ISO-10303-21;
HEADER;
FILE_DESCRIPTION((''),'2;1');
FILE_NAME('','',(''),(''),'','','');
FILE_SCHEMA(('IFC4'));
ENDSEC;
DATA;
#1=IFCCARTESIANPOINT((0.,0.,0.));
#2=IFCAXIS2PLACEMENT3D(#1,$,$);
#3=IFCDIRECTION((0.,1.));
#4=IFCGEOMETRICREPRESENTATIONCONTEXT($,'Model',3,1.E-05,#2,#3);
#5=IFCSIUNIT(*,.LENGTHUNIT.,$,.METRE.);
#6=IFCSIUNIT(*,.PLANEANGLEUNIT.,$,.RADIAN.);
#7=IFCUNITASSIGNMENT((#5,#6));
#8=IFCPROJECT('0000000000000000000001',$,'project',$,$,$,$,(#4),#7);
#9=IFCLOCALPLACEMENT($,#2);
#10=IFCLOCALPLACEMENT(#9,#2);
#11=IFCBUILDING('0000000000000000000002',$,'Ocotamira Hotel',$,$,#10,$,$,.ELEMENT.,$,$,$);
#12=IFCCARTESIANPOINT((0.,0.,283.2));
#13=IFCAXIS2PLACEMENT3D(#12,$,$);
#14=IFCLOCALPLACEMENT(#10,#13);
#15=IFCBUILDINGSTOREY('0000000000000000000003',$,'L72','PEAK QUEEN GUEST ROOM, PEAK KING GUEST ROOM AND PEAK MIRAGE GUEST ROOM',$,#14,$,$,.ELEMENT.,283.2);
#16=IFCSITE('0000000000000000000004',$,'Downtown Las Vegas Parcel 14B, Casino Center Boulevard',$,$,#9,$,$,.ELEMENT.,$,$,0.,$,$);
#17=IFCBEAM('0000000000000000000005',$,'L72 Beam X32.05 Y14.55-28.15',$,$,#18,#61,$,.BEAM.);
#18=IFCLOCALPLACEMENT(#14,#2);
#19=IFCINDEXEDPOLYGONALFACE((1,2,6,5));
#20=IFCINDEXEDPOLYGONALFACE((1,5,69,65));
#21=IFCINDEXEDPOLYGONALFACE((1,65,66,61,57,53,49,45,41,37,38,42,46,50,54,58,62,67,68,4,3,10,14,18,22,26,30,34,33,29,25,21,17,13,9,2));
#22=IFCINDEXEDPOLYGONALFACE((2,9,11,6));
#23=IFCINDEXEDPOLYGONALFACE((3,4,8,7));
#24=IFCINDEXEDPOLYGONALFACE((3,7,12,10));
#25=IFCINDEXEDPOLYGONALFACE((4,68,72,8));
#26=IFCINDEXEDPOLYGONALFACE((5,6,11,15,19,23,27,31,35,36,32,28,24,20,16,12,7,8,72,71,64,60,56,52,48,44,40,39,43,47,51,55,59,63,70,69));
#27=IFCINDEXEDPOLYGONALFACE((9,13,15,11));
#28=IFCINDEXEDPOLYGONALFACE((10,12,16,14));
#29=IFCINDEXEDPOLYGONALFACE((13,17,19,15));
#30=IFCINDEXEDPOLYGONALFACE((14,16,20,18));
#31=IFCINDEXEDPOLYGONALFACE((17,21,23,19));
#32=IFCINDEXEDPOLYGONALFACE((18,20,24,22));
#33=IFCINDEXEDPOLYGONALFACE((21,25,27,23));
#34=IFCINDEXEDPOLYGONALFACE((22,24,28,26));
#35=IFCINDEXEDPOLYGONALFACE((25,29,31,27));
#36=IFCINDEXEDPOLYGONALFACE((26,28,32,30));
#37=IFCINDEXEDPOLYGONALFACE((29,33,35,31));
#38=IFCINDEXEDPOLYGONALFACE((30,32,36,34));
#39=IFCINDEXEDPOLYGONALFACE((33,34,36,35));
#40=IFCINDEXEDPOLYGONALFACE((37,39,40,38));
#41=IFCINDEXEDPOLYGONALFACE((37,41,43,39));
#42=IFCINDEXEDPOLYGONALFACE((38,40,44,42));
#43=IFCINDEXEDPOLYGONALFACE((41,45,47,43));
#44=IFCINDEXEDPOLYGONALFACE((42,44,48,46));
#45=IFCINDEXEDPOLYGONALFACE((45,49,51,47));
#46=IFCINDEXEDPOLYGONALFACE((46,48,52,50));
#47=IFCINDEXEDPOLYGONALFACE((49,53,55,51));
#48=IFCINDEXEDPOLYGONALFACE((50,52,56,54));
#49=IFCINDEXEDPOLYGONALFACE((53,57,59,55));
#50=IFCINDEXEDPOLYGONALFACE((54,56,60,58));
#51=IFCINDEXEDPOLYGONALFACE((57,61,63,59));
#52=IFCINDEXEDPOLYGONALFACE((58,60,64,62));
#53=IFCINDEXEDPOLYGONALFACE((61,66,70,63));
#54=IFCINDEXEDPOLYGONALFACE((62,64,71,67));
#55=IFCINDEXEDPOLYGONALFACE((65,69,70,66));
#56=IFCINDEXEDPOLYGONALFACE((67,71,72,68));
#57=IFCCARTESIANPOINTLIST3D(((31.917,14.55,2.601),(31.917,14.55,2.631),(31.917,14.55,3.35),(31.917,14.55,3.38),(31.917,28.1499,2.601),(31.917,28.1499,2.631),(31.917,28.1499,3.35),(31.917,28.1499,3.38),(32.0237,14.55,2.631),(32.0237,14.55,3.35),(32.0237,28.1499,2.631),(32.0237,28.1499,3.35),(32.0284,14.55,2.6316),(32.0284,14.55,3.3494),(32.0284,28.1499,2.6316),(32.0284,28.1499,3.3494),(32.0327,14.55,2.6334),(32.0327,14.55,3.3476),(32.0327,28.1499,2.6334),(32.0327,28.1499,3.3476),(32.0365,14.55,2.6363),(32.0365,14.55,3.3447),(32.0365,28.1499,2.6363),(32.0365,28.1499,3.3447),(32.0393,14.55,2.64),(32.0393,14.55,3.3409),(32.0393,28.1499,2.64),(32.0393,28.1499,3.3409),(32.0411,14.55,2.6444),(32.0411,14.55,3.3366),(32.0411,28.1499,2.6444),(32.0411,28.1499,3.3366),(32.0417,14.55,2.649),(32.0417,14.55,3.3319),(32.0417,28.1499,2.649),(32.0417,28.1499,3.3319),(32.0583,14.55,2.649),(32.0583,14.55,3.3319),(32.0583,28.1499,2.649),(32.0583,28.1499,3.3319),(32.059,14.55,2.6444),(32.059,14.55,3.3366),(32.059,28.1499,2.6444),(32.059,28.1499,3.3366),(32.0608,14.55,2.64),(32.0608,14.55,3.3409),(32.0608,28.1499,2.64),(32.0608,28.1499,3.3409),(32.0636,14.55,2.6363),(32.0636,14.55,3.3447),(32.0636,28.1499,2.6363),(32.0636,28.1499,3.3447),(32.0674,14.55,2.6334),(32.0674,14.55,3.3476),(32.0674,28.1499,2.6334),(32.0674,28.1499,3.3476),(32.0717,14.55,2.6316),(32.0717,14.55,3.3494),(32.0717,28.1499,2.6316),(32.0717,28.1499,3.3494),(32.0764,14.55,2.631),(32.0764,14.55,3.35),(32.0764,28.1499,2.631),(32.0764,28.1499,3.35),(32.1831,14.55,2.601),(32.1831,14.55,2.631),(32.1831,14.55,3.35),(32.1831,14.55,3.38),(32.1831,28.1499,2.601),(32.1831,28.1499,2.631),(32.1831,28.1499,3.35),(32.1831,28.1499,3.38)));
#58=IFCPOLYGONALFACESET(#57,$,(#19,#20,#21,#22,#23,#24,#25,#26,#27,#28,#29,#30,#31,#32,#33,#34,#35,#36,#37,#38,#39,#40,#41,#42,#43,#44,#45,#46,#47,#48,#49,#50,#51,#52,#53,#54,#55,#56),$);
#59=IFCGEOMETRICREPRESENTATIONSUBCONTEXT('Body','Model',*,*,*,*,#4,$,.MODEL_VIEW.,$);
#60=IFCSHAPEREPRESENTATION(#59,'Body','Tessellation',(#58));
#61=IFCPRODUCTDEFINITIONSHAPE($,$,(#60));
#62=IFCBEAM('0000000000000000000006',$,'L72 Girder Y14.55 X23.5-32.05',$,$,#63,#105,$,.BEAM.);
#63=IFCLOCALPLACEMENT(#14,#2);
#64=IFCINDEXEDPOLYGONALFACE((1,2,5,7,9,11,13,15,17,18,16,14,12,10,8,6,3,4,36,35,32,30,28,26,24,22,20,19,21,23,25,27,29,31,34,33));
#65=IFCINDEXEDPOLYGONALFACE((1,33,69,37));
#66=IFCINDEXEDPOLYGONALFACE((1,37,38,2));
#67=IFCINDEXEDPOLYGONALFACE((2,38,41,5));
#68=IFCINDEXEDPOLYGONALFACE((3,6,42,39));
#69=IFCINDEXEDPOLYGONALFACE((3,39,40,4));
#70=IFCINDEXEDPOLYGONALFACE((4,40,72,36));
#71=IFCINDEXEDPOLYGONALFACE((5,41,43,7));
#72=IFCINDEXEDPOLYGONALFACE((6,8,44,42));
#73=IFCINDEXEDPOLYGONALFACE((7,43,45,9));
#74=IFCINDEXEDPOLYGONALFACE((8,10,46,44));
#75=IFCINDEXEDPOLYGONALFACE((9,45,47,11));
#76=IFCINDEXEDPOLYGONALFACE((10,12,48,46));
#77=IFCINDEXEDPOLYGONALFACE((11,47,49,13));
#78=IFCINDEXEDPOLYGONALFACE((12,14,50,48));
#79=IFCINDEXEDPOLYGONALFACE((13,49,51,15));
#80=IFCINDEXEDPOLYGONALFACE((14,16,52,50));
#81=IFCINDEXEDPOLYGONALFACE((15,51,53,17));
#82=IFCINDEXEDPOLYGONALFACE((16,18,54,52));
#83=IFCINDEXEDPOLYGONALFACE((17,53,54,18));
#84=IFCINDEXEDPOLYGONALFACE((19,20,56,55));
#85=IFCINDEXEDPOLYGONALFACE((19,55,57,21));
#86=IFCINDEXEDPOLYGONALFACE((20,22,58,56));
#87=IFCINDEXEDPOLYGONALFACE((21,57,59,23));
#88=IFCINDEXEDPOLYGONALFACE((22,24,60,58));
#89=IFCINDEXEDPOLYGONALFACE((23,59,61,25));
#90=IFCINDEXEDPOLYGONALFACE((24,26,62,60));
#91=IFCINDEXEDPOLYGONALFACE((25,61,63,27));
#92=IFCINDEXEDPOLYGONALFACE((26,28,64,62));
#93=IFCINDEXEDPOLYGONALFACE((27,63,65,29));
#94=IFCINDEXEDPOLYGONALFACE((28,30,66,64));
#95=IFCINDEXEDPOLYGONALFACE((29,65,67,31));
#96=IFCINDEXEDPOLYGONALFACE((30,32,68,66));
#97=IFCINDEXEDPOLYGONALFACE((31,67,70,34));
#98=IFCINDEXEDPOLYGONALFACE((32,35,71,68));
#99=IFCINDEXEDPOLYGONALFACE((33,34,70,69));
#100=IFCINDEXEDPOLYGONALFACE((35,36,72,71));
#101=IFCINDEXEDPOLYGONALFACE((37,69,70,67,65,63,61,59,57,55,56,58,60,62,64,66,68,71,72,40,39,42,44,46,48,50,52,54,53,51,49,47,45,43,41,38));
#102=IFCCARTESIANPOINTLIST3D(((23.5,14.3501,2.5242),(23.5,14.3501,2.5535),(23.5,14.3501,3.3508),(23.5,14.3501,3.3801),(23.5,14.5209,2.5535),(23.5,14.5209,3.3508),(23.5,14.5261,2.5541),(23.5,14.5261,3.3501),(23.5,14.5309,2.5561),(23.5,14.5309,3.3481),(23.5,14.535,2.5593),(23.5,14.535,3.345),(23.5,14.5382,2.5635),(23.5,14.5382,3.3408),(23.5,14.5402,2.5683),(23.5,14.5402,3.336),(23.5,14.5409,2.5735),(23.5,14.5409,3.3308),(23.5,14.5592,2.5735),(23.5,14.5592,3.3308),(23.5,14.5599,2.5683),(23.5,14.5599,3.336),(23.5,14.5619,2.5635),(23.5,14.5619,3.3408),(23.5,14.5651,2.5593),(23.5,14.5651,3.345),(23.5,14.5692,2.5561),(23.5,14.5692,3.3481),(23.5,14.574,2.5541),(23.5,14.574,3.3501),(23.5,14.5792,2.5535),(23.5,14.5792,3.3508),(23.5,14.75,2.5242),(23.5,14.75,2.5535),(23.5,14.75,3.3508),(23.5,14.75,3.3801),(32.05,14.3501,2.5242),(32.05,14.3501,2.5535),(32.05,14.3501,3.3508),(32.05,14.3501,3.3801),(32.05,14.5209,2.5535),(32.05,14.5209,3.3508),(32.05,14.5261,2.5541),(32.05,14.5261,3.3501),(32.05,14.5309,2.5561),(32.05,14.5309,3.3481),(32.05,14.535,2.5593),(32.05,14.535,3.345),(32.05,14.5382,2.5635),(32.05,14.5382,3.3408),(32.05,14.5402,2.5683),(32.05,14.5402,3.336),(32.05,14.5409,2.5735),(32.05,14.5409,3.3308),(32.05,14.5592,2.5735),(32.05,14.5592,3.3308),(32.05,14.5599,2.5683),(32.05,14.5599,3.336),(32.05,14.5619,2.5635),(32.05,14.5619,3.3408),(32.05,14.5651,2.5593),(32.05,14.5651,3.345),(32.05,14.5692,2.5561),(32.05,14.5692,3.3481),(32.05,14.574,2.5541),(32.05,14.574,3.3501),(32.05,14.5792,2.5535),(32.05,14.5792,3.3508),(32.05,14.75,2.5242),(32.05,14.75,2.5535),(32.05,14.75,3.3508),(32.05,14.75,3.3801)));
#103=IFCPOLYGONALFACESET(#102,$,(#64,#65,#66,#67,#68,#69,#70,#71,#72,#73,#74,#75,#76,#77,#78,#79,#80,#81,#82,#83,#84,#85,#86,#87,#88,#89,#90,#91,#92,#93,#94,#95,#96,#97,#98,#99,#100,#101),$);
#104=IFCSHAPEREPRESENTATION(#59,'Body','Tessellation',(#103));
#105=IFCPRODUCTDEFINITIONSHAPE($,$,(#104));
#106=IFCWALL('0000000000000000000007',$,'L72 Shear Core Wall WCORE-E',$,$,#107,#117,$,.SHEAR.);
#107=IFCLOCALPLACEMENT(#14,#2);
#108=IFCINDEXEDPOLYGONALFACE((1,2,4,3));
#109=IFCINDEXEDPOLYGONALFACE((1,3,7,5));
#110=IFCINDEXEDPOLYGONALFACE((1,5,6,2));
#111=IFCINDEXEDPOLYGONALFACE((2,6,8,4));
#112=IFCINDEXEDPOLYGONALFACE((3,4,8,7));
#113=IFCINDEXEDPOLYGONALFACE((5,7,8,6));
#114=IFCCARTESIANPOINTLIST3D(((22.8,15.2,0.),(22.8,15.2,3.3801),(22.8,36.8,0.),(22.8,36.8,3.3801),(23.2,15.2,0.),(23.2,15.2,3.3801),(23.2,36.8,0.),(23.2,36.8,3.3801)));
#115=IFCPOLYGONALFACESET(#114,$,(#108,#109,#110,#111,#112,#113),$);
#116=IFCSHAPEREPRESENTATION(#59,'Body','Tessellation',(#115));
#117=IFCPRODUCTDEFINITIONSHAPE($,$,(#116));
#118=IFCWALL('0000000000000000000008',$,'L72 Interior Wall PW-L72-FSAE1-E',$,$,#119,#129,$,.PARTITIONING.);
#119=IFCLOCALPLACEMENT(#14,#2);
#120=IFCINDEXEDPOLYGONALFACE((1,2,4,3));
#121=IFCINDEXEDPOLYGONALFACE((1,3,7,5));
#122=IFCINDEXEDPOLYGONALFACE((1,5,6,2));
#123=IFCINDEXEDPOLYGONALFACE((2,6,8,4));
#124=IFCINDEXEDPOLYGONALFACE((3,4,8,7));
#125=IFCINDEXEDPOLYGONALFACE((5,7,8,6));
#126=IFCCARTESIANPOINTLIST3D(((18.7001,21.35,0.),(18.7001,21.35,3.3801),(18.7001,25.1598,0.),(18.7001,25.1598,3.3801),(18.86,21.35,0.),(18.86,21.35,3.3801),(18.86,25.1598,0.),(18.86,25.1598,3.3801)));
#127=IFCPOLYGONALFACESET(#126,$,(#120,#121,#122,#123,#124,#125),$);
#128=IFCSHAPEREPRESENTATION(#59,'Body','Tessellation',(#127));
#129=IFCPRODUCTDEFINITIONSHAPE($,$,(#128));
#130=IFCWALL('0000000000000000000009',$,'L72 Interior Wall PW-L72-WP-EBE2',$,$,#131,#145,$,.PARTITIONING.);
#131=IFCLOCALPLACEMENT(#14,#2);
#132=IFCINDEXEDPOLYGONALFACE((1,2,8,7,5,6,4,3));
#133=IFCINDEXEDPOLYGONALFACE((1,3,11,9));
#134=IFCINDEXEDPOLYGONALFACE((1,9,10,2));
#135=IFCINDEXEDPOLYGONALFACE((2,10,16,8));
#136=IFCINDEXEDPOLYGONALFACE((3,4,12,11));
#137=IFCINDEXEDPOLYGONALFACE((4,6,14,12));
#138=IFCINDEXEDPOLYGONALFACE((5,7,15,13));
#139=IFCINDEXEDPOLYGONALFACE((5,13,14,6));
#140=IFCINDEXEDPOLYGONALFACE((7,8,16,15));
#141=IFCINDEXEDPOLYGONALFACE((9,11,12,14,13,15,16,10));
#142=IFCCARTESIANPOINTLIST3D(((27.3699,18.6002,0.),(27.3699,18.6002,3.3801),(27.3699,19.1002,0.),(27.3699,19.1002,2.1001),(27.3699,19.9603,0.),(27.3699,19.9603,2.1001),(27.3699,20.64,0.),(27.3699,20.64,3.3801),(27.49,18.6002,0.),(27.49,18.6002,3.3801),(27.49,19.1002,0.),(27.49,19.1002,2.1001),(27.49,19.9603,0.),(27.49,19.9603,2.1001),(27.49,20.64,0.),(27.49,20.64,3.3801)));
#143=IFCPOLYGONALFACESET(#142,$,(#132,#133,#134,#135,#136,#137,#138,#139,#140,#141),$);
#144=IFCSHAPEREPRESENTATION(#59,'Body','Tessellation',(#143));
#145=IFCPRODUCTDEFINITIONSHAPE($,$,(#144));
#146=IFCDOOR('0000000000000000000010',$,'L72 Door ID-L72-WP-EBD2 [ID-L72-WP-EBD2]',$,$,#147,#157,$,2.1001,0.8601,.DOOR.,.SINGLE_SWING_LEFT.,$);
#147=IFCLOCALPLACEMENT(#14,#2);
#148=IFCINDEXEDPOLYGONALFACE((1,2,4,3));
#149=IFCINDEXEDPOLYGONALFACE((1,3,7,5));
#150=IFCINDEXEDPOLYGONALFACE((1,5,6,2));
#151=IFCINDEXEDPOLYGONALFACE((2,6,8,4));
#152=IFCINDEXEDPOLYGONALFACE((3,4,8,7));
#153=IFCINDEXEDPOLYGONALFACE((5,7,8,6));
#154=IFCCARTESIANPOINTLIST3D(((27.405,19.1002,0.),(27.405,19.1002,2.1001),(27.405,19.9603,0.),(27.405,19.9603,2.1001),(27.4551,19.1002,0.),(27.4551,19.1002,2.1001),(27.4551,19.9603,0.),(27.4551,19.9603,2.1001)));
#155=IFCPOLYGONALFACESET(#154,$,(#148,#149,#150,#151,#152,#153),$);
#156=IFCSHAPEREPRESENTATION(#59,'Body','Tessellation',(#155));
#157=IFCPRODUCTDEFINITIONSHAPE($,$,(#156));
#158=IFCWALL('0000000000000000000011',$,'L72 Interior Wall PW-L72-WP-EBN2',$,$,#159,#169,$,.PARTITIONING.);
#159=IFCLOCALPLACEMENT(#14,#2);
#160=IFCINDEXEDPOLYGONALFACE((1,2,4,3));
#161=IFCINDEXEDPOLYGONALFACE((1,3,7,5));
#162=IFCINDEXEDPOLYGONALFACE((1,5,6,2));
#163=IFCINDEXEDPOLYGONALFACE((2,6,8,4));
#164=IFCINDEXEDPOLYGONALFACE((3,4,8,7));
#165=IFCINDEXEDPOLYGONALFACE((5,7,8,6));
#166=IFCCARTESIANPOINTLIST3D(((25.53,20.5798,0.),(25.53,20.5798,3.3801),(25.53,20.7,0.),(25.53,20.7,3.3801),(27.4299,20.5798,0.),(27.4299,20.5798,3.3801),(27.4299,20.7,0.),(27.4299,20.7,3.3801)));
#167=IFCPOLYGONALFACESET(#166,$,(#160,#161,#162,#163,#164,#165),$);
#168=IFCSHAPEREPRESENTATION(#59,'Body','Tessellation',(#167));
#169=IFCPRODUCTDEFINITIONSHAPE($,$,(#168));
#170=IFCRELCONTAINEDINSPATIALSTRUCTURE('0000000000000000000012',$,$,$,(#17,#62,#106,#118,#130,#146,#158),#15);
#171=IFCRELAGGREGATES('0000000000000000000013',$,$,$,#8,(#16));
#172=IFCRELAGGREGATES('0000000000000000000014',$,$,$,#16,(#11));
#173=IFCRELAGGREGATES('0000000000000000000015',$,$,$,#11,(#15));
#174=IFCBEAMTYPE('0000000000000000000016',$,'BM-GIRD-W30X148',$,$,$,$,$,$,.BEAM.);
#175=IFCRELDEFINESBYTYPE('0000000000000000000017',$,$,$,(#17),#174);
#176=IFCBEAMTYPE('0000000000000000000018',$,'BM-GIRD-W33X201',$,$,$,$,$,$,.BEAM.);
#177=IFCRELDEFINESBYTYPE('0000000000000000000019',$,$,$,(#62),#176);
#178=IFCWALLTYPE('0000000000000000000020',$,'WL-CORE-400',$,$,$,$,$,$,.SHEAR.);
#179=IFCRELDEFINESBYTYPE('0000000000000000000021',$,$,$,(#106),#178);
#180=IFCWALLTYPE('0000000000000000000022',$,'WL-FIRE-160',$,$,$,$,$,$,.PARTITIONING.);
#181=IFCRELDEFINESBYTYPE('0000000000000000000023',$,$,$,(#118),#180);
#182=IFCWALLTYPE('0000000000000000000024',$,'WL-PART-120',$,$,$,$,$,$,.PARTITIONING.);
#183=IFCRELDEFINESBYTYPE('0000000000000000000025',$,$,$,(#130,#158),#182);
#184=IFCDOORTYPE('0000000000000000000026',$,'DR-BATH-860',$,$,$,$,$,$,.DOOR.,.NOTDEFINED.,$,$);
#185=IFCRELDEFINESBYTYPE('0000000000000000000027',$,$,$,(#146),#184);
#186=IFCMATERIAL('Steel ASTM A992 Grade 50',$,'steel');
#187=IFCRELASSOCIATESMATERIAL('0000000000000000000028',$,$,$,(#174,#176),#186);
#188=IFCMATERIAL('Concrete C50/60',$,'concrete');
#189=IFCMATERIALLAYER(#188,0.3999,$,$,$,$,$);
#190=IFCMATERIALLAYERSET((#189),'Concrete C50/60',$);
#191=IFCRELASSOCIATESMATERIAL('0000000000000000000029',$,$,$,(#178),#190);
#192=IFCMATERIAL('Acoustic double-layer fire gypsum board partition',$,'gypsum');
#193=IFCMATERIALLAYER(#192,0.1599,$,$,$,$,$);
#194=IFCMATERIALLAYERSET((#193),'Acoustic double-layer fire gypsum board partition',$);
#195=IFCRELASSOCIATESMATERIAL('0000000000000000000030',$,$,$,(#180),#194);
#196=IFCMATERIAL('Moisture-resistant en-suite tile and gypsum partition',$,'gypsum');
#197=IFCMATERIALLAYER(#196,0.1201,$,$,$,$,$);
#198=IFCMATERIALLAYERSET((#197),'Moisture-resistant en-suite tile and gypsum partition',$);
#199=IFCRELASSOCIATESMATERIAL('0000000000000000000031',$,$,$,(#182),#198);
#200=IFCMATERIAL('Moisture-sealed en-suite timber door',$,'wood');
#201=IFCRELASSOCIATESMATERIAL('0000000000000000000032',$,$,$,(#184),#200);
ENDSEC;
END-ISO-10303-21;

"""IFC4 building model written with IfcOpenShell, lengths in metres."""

from ifc_helpers import new_model, si_unit, direction, frame, frame_2d, origin, origin_2d, place, context, subcontext, project, spatial, rectangle, i_section, extrude, source, transform, mapped, material, layer, layer_set, material_profile, profile_set, type_object, element, fill, save


model = new_model("IFC4")

# Units and contexts
model_context = context("Model", 3, precision=1e-05, world=origin(), true_north=direction((0.0, 1.0)))
body_context = subcontext(model_context, "Body", "Model", "MODEL_VIEW")
ifc_project = project(units=[si_unit("LENGTHUNIT", "METRE"), si_unit("PLANEANGLEUNIT", "RADIAN")], contexts=[model_context])

# Site, building, storey
site_placement = place(None, origin())
site = spatial("IfcSite", under=ifc_project, at=site_placement, Name="Downtown Las Vegas Parcel 14B, Casino Center Boulevard", CompositionType="ELEMENT", RefElevation=0.0)
building_placement = place(site_placement, origin())
building = spatial("IfcBuilding", under=site, at=building_placement, Name="Ocotamira Hotel", CompositionType="ELEMENT")
storey_placement = place(building_placement, frame((0.0, 0.0, 283.2)))
storey = spatial("IfcBuildingStorey", under=building, at=storey_placement, Name="L72", Description="PEAK QUEEN GUEST ROOM, PEAK KING GUEST ROOM AND PEAK MIRAGE GUEST ROOM", CompositionType="ELEMENT", Elevation=283.2)

# Shared definitions
ifc_material_1 = material(Name="Steel ASTM A992 Grade 50", Category="steel")

# Beams
ifc_material_profile_1 = material_profile(ifc_material_1, i_section(OverallWidth=0.2661, OverallDepth=0.7791, WebThickness=0.0166, FlangeThickness=0.03, FilletRadius=0.0181, at=origin_2d()), Name="W30X148")
ifc_profile_set_1 = profile_set([ifc_material_profile_1], Name="Steel ASTM A992 Grade 50")
beam_type_1 = type_object("IfcBeamType", Name="BM-GIRD-W30X148", PredefinedType="BEAM", material=ifc_profile_set_1)
shared_shape_1 = source(origin(), body_context, "Body", "SweptSolid", [
    extrude(i_section(OverallWidth=0.2661, OverallDepth=0.7791, WebThickness=0.0166, FlangeThickness=0.03, FilletRadius=0.0181, at=origin_2d()), origin(), (0.0, 0.0, 1.0), 13.5999),
])
for number, where, z_axis, x_axis, name in (
    (1, (32.05, 14.55, 2.9905), (0.0, 1.0, 0.0), (-1.0, 0.0, 0.0), "L72 Beam X32.05 Y14.55-28.15"),
):
    element("IfcBeam", number, at=place(storey_placement, frame(where, z_axis=z_axis, x_axis=x_axis)), inside=storey, type_object=beam_type_1, Name=name, PredefinedType="BEAM", context=body_context, shape_type="MappedRepresentation", body=[
        mapped(shared_shape_1, transform((0.0, 0.0, 0.0), scale=1.0)),
    ])
ifc_material_profile_2 = material_profile(ifc_material_1, i_section(OverallWidth=0.3999, OverallDepth=0.856, WebThickness=0.0183, FlangeThickness=0.0293, FilletRadius=0.02, at=origin_2d()), Name="W33X201")
ifc_profile_set_2 = profile_set([ifc_material_profile_2], Name="Steel ASTM A992 Grade 50")
beam_type_2 = type_object("IfcBeamType", Name="BM-GIRD-W33X201", PredefinedType="BEAM", material=ifc_profile_set_2)
shared_shape_2 = source(origin(), body_context, "Body", "SweptSolid", [
    extrude(i_section(OverallWidth=0.3999, OverallDepth=0.856, WebThickness=0.0183, FlangeThickness=0.0293, FilletRadius=0.02, at=origin_2d()), origin(), (0.0, 0.0, 1.0), 8.55),
])
beam_placement = place(storey_placement, frame((23.5, 14.55, 2.9521), z_axis=(1.0, 0.0, 0.0), x_axis=(0.0, 1.0, 0.0)))
element("IfcBeam", 2, at=beam_placement, inside=storey, type_object=beam_type_2, Name="L72 Girder Y14.55 X23.5-32.05", PredefinedType="BEAM", context=body_context, shape_type="MappedRepresentation", body=[
    mapped(shared_shape_2, transform((0.0, 0.0, 0.0), scale=1.0)),
])

# Walls
ifc_material_2 = material(Name="Concrete C50/60", Category="concrete")
ifc_layer_1 = layer(ifc_material_2, 0.3999)
ifc_layer_set_1 = layer_set([ifc_layer_1], Name="Concrete C50/60")
wall_type_1 = type_object("IfcWallType", Name="WL-CORE-400", PredefinedType="SHEAR", material=ifc_layer_set_1)
wall_1_placement = place(storey_placement, frame((23.0, 15.2, 0.0), z_axis=(0.0, 0.0, 1.0), x_axis=(0.0, 1.0, 0.0)))
element("IfcWall", 3, at=wall_1_placement, inside=storey, type_object=wall_type_1, Name="L72 Shear Core Wall WCORE-E", PredefinedType="SHEAR", context=body_context, shape_type="SweptSolid", body=[
    extrude(rectangle(XDim=21.6001, YDim=0.3999, at=frame_2d((10.8, 0.0))), origin(), (0.0, 0.0, 1.0), 3.3801),
])
ifc_material_3 = material(Name="Acoustic double-layer fire gypsum board partition", Category="gypsum")
ifc_layer_2 = layer(ifc_material_3, 0.1599)
ifc_layer_set_2 = layer_set([ifc_layer_2], Name="Acoustic double-layer fire gypsum board partition")
wall_type_2 = type_object("IfcWallType", Name="WL-FIRE-160", PredefinedType="PARTITIONING", material=ifc_layer_set_2)
wall_2_placement = place(storey_placement, frame((18.78, 21.3501, 0.0), z_axis=(0.0, 0.0, 1.0), x_axis=(0.0, 1.0, 0.0)))
element("IfcWall", 4, at=wall_2_placement, inside=storey, type_object=wall_type_2, Name="L72 Interior Wall PW-L72-FSAE1-E", PredefinedType="PARTITIONING", context=body_context, shape_type="SweptSolid", body=[
    extrude(rectangle(XDim=3.8098, YDim=0.1599, at=frame_2d((1.9048, 0.0))), origin(), (0.0, 0.0, 1.0), 3.3801),
])

# Wall, opening, door
ifc_material_4 = material(Name="Moisture-resistant en-suite tile and gypsum partition", Category="gypsum")
ifc_layer_3 = layer(ifc_material_4, 0.1201)
ifc_layer_set_3 = layer_set([ifc_layer_3], Name="Moisture-resistant en-suite tile and gypsum partition")
wall_type_3 = type_object("IfcWallType", Name="WL-PART-120", PredefinedType="PARTITIONING", material=ifc_layer_set_3)
wall_3_placement = place(storey_placement, frame((27.4299, 18.6001, 0.0), z_axis=(0.0, 0.0, 1.0), x_axis=(0.0, 1.0, 0.0)))
wall_3 = element("IfcWall", 5, at=wall_3_placement, inside=storey, type_object=wall_type_3, Name="L72 Interior Wall PW-L72-WP-EBE2", PredefinedType="PARTITIONING", context=body_context, shape_type="SweptSolid", body=[
    extrude(rectangle(XDim=2.0398, YDim=0.1201, at=frame_2d((1.02, 0.0))), origin(), (0.0, 0.0, 1.0), 3.3801),
])
opening_1_placement = place(wall_3_placement, frame((0.5, 0.0, 0.0)))
opening_1 = element("IfcOpeningElement", 6, at=opening_1_placement, cuts=wall_3, PredefinedType="OPENING", context=body_context, shape_type="SweptSolid", body=[
    extrude(rectangle(XDim=0.8601, YDim=2.1001, at=frame_2d((0.4302, 1.05))), frame((0.0, 0.0701, 0.0), z_axis=(0.0, -1.0, 0.0), x_axis=(1.0, 0.0, 0.0)), (0.0, 0.0, 1.0), 0.1401),
])
ifc_material_5 = material(Name="Moisture-sealed en-suite timber door", Category="wood")
door_type_1 = type_object("IfcDoorType", Name="DR-BATH-860", OperationType="NOTDEFINED", PredefinedType="DOOR", material=ifc_material_5)
shared_shape_3 = source(origin(), body_context, "Body", "SweptSolid", [
    extrude(rectangle(XDim=0.8601, YDim=2.1001, at=frame_2d((0.4302, 1.05))), frame((0.0, 0.0249, 0.0), z_axis=(0.0, -1.0, 0.0), x_axis=(1.0, 0.0, 0.0)), (0.0, 0.0, 1.0), 0.05),
])
door_1_placement = place(opening_1_placement, origin())
door_1 = element("IfcDoor", 7, at=door_1_placement, inside=storey, type_object=door_type_1, Name="L72 Door ID-L72-WP-EBD2 [ID-L72-WP-EBD2]", OperationType="SINGLE_SWING_LEFT", OverallHeight=2.1001, OverallWidth=0.8601, PredefinedType="DOOR", context=body_context, shape_type="MappedRepresentation", body=[
    mapped(shared_shape_3, transform((0.0, 0.0, 0.0), scale=1.0)),
])
fill(opening_1, door_1)

# Wall
wall_4_placement = place(storey_placement, frame((25.53, 20.6399, 0.0), z_axis=(0.0, 0.0, 1.0), x_axis=(1.0, 0.0, 0.0)))
element("IfcWall", 8, at=wall_4_placement, inside=storey, type_object=wall_type_3, Name="L72 Interior Wall PW-L72-WP-EBN2", PredefinedType="PARTITIONING", context=body_context, shape_type="SweptSolid", body=[
    extrude(rectangle(XDim=1.8999, YDim=0.1201, at=frame_2d((0.95, 0.0))), origin(), (0.0, 0.0, 1.0), 3.3801),
])

save(model, "model.ifc")
